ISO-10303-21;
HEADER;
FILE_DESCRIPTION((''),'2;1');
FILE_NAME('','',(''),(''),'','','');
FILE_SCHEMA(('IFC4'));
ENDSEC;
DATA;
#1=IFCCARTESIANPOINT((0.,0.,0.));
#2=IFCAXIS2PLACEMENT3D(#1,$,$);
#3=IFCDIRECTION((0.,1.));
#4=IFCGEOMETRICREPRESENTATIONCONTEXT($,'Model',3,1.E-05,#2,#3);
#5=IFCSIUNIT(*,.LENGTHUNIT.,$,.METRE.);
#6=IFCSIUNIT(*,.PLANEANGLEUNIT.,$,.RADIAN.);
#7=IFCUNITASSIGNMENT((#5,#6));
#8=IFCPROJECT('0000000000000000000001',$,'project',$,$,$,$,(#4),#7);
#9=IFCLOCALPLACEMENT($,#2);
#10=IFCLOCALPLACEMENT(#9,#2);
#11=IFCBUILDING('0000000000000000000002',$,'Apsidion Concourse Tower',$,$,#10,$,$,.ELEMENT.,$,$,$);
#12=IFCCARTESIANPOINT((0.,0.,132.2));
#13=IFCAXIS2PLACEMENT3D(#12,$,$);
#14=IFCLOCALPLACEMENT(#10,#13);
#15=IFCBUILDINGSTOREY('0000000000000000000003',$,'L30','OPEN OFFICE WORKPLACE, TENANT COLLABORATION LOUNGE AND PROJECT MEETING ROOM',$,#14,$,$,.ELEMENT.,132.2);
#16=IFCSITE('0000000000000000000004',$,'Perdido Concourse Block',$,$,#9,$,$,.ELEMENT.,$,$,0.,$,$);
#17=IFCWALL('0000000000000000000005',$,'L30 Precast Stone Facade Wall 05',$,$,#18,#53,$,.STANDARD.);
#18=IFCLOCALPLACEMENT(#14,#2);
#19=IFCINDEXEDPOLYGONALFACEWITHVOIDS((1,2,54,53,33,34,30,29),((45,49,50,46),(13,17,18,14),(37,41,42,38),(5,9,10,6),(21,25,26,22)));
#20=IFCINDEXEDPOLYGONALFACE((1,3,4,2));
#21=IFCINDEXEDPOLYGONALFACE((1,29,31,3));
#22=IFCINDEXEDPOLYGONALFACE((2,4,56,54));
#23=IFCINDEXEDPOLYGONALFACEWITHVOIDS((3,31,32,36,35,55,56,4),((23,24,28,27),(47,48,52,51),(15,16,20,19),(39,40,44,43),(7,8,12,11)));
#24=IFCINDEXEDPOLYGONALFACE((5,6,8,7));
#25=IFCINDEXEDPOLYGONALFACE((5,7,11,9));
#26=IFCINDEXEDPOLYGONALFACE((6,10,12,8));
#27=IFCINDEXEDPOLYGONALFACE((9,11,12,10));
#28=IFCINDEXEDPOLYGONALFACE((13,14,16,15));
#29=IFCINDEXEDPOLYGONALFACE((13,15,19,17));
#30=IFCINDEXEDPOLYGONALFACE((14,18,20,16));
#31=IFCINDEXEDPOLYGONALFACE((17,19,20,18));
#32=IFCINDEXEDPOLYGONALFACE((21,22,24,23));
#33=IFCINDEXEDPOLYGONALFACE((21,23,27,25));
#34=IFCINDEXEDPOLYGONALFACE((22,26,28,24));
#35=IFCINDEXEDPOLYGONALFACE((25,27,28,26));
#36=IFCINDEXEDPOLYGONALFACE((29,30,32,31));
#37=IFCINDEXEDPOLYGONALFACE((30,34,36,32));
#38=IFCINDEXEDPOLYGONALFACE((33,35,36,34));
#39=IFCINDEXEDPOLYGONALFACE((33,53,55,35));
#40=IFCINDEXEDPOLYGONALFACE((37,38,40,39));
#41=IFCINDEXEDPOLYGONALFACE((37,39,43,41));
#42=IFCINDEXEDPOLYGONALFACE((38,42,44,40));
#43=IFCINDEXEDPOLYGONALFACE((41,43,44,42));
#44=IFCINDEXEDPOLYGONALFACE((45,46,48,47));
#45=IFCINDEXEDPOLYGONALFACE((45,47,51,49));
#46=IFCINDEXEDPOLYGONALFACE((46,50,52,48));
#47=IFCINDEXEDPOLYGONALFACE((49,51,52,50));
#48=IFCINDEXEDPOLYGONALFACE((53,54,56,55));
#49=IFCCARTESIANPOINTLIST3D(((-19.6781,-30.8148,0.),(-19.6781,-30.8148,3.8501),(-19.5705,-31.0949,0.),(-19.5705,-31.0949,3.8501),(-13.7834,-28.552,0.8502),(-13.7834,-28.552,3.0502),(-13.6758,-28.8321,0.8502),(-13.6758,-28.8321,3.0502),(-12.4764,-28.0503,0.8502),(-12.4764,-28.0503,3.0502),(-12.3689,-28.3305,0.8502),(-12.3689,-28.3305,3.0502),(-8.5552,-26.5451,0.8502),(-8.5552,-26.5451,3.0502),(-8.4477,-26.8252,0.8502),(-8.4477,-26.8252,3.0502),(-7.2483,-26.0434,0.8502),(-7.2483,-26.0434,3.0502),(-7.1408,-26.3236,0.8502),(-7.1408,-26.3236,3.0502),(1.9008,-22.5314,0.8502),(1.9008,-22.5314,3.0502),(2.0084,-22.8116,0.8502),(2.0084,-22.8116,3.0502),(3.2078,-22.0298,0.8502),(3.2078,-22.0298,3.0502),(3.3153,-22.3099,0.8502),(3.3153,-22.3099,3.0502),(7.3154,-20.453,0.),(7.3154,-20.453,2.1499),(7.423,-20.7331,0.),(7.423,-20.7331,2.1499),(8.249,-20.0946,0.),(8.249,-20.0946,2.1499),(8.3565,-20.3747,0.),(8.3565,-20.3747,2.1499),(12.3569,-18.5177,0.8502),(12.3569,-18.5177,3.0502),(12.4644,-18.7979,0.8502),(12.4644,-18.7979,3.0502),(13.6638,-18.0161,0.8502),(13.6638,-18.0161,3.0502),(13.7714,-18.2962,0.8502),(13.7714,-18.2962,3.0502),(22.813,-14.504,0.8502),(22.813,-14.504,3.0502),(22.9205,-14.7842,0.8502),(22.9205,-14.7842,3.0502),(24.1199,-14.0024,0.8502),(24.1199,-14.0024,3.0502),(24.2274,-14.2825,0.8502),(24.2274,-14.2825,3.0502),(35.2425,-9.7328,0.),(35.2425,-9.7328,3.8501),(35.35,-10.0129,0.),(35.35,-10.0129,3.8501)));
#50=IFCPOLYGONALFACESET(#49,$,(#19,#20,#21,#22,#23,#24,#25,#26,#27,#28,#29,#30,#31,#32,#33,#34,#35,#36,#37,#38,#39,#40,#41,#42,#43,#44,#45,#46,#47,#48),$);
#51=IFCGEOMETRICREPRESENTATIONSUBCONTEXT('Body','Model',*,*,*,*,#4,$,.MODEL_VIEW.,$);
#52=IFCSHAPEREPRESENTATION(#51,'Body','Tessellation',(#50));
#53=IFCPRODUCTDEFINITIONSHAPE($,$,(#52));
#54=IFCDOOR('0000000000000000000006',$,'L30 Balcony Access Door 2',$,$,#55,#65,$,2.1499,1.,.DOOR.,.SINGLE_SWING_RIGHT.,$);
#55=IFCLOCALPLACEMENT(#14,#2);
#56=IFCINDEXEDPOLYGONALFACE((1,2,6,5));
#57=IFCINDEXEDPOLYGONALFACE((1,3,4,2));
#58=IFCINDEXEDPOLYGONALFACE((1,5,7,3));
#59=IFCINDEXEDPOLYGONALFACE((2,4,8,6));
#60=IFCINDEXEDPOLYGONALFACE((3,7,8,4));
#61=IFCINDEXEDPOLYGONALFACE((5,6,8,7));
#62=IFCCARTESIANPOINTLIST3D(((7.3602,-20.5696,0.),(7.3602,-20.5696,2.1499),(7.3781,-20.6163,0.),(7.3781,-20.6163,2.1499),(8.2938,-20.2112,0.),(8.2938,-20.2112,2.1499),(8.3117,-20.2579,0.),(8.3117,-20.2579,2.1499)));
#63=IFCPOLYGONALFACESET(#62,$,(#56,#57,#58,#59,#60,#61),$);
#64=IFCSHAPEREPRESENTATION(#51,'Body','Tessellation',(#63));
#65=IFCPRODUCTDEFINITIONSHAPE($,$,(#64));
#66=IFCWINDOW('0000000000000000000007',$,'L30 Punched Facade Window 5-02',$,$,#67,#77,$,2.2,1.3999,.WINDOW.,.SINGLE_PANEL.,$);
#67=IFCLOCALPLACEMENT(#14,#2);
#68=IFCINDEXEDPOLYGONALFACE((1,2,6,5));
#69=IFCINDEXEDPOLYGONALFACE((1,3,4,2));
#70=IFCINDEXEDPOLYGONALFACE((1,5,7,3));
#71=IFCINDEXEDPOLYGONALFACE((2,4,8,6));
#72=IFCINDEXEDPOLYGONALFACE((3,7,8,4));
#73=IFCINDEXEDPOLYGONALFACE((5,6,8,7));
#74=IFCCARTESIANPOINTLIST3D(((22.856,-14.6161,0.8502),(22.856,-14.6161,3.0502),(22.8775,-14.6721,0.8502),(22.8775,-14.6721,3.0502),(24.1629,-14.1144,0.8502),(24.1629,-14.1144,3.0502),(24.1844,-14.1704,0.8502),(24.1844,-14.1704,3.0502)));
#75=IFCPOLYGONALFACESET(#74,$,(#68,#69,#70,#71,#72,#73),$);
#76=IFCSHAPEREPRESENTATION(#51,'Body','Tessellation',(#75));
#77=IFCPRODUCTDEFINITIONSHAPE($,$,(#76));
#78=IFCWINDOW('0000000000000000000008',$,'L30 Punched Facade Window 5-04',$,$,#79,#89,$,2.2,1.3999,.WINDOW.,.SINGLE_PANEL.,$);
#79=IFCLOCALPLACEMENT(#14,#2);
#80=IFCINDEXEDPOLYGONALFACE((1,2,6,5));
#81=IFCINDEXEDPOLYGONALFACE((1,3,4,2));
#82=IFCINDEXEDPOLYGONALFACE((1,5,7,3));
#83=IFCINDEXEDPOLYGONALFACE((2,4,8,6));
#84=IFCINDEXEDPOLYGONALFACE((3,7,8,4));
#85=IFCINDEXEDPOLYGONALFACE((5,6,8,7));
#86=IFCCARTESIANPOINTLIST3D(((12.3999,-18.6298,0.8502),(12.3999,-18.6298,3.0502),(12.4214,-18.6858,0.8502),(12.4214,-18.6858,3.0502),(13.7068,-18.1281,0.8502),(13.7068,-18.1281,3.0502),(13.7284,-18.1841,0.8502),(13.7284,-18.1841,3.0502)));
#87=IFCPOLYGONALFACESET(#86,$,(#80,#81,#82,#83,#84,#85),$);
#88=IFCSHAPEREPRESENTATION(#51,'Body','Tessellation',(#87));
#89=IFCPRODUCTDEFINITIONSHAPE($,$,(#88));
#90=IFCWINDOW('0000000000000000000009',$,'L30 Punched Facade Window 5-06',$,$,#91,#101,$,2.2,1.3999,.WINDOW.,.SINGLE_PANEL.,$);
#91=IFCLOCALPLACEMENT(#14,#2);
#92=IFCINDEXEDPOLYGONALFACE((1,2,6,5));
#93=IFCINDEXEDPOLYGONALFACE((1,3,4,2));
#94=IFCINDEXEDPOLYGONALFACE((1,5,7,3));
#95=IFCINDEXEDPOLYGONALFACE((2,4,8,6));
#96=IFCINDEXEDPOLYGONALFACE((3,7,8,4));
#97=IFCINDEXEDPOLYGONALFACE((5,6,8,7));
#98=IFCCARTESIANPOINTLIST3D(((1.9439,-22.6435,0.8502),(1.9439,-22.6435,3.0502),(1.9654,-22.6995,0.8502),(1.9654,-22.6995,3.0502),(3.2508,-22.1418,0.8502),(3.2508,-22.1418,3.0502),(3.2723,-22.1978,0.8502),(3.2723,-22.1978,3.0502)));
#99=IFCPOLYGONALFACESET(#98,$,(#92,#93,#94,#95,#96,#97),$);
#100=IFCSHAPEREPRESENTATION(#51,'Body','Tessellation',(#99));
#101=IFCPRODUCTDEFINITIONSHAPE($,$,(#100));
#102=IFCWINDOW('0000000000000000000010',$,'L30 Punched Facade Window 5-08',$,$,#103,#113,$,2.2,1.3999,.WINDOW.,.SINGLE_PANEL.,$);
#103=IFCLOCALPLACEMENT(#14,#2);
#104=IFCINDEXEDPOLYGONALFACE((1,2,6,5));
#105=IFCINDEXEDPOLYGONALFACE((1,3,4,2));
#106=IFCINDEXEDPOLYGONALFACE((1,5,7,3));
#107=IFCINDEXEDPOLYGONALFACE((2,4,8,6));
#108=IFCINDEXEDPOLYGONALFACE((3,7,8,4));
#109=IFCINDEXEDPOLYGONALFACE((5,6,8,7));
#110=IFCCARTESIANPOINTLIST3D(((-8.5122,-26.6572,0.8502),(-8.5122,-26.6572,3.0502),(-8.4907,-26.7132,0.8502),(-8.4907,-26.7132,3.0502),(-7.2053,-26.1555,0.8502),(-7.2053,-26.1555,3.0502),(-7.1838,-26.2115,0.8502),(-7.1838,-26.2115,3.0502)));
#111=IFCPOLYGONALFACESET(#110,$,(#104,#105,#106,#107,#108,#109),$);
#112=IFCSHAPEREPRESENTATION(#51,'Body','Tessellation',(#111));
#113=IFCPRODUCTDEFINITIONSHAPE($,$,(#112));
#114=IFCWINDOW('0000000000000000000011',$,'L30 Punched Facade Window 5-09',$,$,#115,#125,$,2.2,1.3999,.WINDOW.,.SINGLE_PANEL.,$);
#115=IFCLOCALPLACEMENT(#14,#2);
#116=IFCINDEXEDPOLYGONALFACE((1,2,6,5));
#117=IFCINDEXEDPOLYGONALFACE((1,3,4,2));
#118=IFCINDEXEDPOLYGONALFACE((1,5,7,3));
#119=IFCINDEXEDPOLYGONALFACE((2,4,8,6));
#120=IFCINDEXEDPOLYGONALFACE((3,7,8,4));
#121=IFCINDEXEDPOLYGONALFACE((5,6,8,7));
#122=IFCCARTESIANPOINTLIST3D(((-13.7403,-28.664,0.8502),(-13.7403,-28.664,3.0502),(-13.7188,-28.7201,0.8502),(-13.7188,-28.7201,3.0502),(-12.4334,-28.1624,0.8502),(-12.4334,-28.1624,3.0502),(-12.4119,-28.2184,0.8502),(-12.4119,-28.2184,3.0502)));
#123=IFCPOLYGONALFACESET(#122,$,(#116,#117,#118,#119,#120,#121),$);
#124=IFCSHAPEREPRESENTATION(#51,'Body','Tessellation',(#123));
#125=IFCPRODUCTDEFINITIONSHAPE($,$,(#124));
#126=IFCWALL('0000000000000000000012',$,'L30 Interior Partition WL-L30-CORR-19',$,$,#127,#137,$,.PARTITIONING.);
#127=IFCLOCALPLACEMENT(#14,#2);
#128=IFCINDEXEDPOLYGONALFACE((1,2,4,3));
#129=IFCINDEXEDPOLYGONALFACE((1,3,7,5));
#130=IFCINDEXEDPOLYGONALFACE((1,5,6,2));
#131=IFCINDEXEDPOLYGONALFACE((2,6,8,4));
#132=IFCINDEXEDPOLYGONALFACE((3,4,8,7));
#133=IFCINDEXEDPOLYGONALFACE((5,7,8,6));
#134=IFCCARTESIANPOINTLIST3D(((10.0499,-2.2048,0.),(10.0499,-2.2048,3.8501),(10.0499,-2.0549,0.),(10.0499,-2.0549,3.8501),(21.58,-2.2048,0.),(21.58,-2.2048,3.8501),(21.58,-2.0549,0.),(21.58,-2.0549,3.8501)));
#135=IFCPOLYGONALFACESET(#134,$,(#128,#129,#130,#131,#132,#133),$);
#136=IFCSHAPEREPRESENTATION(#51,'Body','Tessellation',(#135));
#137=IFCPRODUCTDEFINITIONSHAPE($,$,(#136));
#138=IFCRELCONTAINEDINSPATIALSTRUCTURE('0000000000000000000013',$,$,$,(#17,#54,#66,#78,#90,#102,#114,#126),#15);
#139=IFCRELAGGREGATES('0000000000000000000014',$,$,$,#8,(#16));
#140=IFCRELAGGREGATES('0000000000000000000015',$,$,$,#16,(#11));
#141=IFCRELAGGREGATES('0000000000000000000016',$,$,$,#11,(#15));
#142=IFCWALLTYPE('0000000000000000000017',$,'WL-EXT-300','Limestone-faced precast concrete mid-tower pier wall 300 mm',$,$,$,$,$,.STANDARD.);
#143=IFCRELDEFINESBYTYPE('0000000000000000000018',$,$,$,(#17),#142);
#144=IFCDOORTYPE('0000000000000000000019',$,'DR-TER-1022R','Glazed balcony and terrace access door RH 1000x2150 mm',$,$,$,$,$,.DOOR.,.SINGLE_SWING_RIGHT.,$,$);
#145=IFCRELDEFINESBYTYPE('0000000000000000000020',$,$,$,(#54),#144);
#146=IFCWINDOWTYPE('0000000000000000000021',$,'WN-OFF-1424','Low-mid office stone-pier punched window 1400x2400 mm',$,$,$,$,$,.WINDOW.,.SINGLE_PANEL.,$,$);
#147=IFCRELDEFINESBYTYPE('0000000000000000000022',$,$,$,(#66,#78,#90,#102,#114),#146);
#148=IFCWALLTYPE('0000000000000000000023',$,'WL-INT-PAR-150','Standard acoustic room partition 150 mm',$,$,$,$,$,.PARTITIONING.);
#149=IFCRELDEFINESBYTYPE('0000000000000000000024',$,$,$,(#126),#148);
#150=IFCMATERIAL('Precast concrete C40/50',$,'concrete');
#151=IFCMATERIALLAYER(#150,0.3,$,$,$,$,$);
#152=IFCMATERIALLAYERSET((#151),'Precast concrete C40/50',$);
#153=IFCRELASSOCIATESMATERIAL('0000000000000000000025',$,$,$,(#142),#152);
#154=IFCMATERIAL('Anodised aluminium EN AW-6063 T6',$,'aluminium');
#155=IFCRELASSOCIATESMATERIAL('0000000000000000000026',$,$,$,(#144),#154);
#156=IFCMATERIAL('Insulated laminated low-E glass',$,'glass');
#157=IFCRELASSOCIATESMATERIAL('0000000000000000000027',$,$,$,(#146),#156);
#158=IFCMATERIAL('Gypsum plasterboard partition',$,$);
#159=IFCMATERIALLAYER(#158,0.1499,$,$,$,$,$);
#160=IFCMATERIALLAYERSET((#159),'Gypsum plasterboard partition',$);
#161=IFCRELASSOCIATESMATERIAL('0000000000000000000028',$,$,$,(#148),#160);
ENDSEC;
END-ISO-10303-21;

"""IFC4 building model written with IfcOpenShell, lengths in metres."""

from ifc_helpers import new_model, si_unit, direction, frame, frame_2d, origin, place, context, subcontext, project, spatial, rectangle, extrude, material, layer, layer_set, type_object, element, fill, save


model = new_model("IFC4")

# Units and contexts
model_context = context("Model", 3, precision=1e-05, world=origin(), true_north=direction((0.0, 1.0)))
body_context = subcontext(model_context, "Body", "Model", "MODEL_VIEW")
ifc_project = project(units=[si_unit("LENGTHUNIT", "METRE"), si_unit("PLANEANGLEUNIT", "RADIAN")], contexts=[model_context])

# Site, building, storey
site_placement = place(None, origin())
site = spatial("IfcSite", under=ifc_project, at=site_placement, Name="Perdido Concourse Block", CompositionType="ELEMENT", RefElevation=0.0)
building_placement = place(site_placement, origin())
building = spatial("IfcBuilding", under=site, at=building_placement, Name="Apsidion Concourse Tower", CompositionType="ELEMENT")
storey_placement = place(building_placement, frame((0.0, 0.0, 132.2)))
storey = spatial("IfcBuildingStorey", under=building, at=storey_placement, Name="L30", Description="OPEN OFFICE WORKPLACE, TENANT COLLABORATION LOUNGE AND PROJECT MEETING ROOM", CompositionType="ELEMENT", Elevation=132.2)

# Shared definitions
ifc_material_1 = material(Name="Precast concrete C40/50", Category="concrete")
ifc_layer_1 = layer(ifc_material_1, 0.3)
ifc_layer_set_1 = layer_set([ifc_layer_1], Name="Precast concrete C40/50")
wall_type_1 = type_object("IfcWallType", Name="WL-EXT-300", Description="Limestone-faced precast concrete mid-tower pier wall 300 mm", PredefinedType="STANDARD", material=ifc_layer_set_1)

# Wall, openings, door, windows
wall_1_placement = place(storey_placement, frame((35.2964, -9.8728, 0.0), z_axis=(0.0, 0.0, 1.0), x_axis=(-0.933581, -0.358367, 0.0)))
wall_1 = element("IfcWall", 1, at=wall_1_placement, inside=storey, type_object=wall_type_1, Name="L30 Precast Stone Facade Wall 05", PredefinedType="STANDARD", context=body_context, shape_type="SweptSolid", body=[
    extrude(rectangle(XDim=58.8279, YDim=0.3, at=frame_2d((29.4141, 0.0))), origin(), (0.0, 0.0, 1.0), 3.8501),
])
opening_1_placement = place(wall_1_placement, frame((28.9141, 0.0, 0.0)))
opening_1 = element("IfcOpeningElement", 2, at=opening_1_placement, cuts=wall_1, PredefinedType="OPENING", context=body_context, shape_type="SweptSolid", body=[
    extrude(rectangle(XDim=1.0, YDim=2.1499, at=frame_2d((0.5, 1.075))), frame((0.0, 0.1602, 0.0), z_axis=(0.0, -1.0, 0.0), x_axis=(1.0, 0.0, 0.0)), (0.0, 0.0, 1.0), 0.3201),
])
opening_2_placement = place(wall_1_placement, frame((11.9141, 0.0, 0.8501)))
opening_2 = element("IfcOpeningElement", 3, at=opening_2_placement, cuts=wall_1, PredefinedType="OPENING", context=body_context, shape_type="SweptSolid", body=[
    extrude(rectangle(XDim=1.3999, YDim=2.2, at=frame_2d((0.7, 1.1001))), frame((0.0, 0.1602, 0.0), z_axis=(0.0, -1.0, 0.0), x_axis=(1.0, 0.0, 0.0)), (0.0, 0.0, 1.0), 0.3201),
])
opening_3_placement = place(wall_1_placement, frame((23.114, 0.0, 0.8501)))
opening_3 = element("IfcOpeningElement", 4, at=opening_3_placement, cuts=wall_1, PredefinedType="OPENING", context=body_context, shape_type="SweptSolid", body=[
    extrude(rectangle(XDim=1.3999, YDim=2.2, at=frame_2d((0.7, 1.1001))), frame((0.0, 0.1602, 0.0), z_axis=(0.0, -1.0, 0.0), x_axis=(1.0, 0.0, 0.0)), (0.0, 0.0, 1.0), 0.3201),
])
opening_4_placement = place(wall_1_placement, frame((34.314, 0.0, 0.8501)))
opening_4 = element("IfcOpeningElement", 5, at=opening_4_placement, cuts=wall_1, PredefinedType="OPENING", context=body_context, shape_type="SweptSolid", body=[
    extrude(rectangle(XDim=1.3999, YDim=2.2, at=frame_2d((0.7, 1.1001))), frame((0.0, 0.1602, 0.0), z_axis=(0.0, -1.0, 0.0), x_axis=(1.0, 0.0, 0.0)), (0.0, 0.0, 1.0), 0.3201),
])
opening_5_placement = place(wall_1_placement, frame((45.5139, 0.0, 0.8501)))
opening_5 = element("IfcOpeningElement", 6, at=opening_5_placement, cuts=wall_1, PredefinedType="OPENING", context=body_context, shape_type="SweptSolid", body=[
    extrude(rectangle(XDim=1.3999, YDim=2.2, at=frame_2d((0.7, 1.1001))), frame((0.0, 0.1602, 0.0), z_axis=(0.0, -1.0, 0.0), x_axis=(1.0, 0.0, 0.0)), (0.0, 0.0, 1.0), 0.3201),
])
opening_6_placement = place(wall_1_placement, frame((51.114, 0.0, 0.8501)))
opening_6 = element("IfcOpeningElement", 7, at=opening_6_placement, cuts=wall_1, PredefinedType="OPENING", context=body_context, shape_type="SweptSolid", body=[
    extrude(rectangle(XDim=1.3999, YDim=2.2, at=frame_2d((0.7, 1.1001))), frame((0.0, 0.1602, 0.0), z_axis=(0.0, -1.0, 0.0), x_axis=(1.0, 0.0, 0.0)), (0.0, 0.0, 1.0), 0.3201),
])
ifc_material_2 = material(Name="Anodised aluminium EN AW-6063 T6", Category="aluminium")
door_type_1 = type_object("IfcDoorType", Name="DR-TER-1022R", Description="Glazed balcony and terrace access door RH 1000x2150 mm", OperationType="SINGLE_SWING_RIGHT", PredefinedType="DOOR", material=ifc_material_2)
door_1_placement = place(opening_1_placement, origin())
door_1 = element("IfcDoor", 8, at=door_1_placement, inside=storey, type_object=door_type_1, Name="L30 Balcony Access Door 2", OperationType="SINGLE_SWING_RIGHT", OverallHeight=2.1499, OverallWidth=1.0, PredefinedType="DOOR", context=body_context, shape_type="SweptSolid", body=[
    extrude(rectangle(XDim=1.0, YDim=2.1499, at=frame_2d((0.5, 1.075))), frame((0.0, 0.0249, 0.0), z_axis=(0.0, -1.0, 0.0), x_axis=(1.0, 0.0, 0.0)), (0.0, 0.0, 1.0), 0.05),
])
fill(opening_1, door_1)
ifc_material_3 = material(Name="Insulated laminated low-E glass", Category="glass")
window_type = type_object("IfcWindowType", Name="WN-OFF-1424", Description="Low-mid office stone-pier punched window 1400x2400 mm", PartitioningType="SINGLE_PANEL", PredefinedType="WINDOW", material=ifc_material_3)
window_1_placement = place(opening_2_placement, origin())
window_1 = element("IfcWindow", 9, at=window_1_placement, inside=storey, type_object=window_type, Name="L30 Punched Facade Window 5-02", OverallHeight=2.2, OverallWidth=1.3999, PartitioningType="SINGLE_PANEL", PredefinedType="WINDOW", context=body_context, shape_type="SweptSolid", body=[
    extrude(rectangle(XDim=1.3999, YDim=2.2, at=frame_2d((0.7, 1.1001))), frame((0.0, 0.03, 0.0), z_axis=(0.0, -1.0, 0.0), x_axis=(1.0, 0.0, 0.0)), (0.0, 0.0, 1.0), 0.0601),
])
fill(opening_2, window_1)
window_2_placement = place(opening_3_placement, origin())
window_2 = element("IfcWindow", 10, at=window_2_placement, inside=storey, type_object=window_type, Name="L30 Punched Facade Window 5-04", OverallHeight=2.2, OverallWidth=1.3999, PartitioningType="SINGLE_PANEL", PredefinedType="WINDOW", context=body_context, shape_type="SweptSolid", body=[
    extrude(rectangle(XDim=1.3999, YDim=2.2, at=frame_2d((0.7, 1.1001))), frame((0.0, 0.03, 0.0), z_axis=(0.0, -1.0, 0.0), x_axis=(1.0, 0.0, 0.0)), (0.0, 0.0, 1.0), 0.0601),
])
fill(opening_3, window_2)
window_3_placement = place(opening_4_placement, origin())
window_3 = element("IfcWindow", 11, at=window_3_placement, inside=storey, type_object=window_type, Name="L30 Punched Facade Window 5-06", OverallHeight=2.2, OverallWidth=1.3999, PartitioningType="SINGLE_PANEL", PredefinedType="WINDOW", context=body_context, shape_type="SweptSolid", body=[
    extrude(rectangle(XDim=1.3999, YDim=2.2, at=frame_2d((0.7, 1.1001))), frame((0.0, 0.03, 0.0), z_axis=(0.0, -1.0, 0.0), x_axis=(1.0, 0.0, 0.0)), (0.0, 0.0, 1.0), 0.0601),
])
fill(opening_4, window_3)
window_4_placement = place(opening_5_placement, origin())
window_4 = element("IfcWindow", 12, at=window_4_placement, inside=storey, type_object=window_type, Name="L30 Punched Facade Window 5-08", OverallHeight=2.2, OverallWidth=1.3999, PartitioningType="SINGLE_PANEL", PredefinedType="WINDOW", context=body_context, shape_type="SweptSolid", body=[
    extrude(rectangle(XDim=1.3999, YDim=2.2, at=frame_2d((0.7, 1.1001))), frame((0.0, 0.03, 0.0), z_axis=(0.0, -1.0, 0.0), x_axis=(1.0, 0.0, 0.0)), (0.0, 0.0, 1.0), 0.0601),
])
fill(opening_5, window_4)
window_5_placement = place(opening_6_placement, origin())
window_5 = element("IfcWindow", 13, at=window_5_placement, inside=storey, type_object=window_type, Name="L30 Punched Facade Window 5-09", OverallHeight=2.2, OverallWidth=1.3999, PartitioningType="SINGLE_PANEL", PredefinedType="WINDOW", context=body_context, shape_type="SweptSolid", body=[
    extrude(rectangle(XDim=1.3999, YDim=2.2, at=frame_2d((0.7, 1.1001))), frame((0.0, 0.03, 0.0), z_axis=(0.0, -1.0, 0.0), x_axis=(1.0, 0.0, 0.0)), (0.0, 0.0, 1.0), 0.0601),
])
fill(opening_6, window_5)

# Wall
ifc_material_4 = material(Name="Gypsum plasterboard partition")
ifc_layer_2 = layer(ifc_material_4, 0.1499)
ifc_layer_set_2 = layer_set([ifc_layer_2], Name="Gypsum plasterboard partition")
wall_type_2 = type_object("IfcWallType", Name="WL-INT-PAR-150", Description="Standard acoustic room partition 150 mm", PredefinedType="PARTITIONING", material=ifc_layer_set_2)
wall_2_placement = place(storey_placement, frame((21.5801, -2.1299, 0.0), z_axis=(0.0, 0.0, 1.0), x_axis=(-1.0, 0.0, 0.0)))
element("IfcWall", 14, at=wall_2_placement, inside=storey, type_object=wall_type_2, Name="L30 Interior Partition WL-L30-CORR-19", PredefinedType="PARTITIONING", context=body_context, shape_type="SweptSolid", body=[
    extrude(rectangle(XDim=11.53, YDim=0.1499, at=frame_2d((5.7651, 0.0))), origin(), (0.0, 0.0, 1.0), 3.8501),
])

save(model, "model.ifc")
